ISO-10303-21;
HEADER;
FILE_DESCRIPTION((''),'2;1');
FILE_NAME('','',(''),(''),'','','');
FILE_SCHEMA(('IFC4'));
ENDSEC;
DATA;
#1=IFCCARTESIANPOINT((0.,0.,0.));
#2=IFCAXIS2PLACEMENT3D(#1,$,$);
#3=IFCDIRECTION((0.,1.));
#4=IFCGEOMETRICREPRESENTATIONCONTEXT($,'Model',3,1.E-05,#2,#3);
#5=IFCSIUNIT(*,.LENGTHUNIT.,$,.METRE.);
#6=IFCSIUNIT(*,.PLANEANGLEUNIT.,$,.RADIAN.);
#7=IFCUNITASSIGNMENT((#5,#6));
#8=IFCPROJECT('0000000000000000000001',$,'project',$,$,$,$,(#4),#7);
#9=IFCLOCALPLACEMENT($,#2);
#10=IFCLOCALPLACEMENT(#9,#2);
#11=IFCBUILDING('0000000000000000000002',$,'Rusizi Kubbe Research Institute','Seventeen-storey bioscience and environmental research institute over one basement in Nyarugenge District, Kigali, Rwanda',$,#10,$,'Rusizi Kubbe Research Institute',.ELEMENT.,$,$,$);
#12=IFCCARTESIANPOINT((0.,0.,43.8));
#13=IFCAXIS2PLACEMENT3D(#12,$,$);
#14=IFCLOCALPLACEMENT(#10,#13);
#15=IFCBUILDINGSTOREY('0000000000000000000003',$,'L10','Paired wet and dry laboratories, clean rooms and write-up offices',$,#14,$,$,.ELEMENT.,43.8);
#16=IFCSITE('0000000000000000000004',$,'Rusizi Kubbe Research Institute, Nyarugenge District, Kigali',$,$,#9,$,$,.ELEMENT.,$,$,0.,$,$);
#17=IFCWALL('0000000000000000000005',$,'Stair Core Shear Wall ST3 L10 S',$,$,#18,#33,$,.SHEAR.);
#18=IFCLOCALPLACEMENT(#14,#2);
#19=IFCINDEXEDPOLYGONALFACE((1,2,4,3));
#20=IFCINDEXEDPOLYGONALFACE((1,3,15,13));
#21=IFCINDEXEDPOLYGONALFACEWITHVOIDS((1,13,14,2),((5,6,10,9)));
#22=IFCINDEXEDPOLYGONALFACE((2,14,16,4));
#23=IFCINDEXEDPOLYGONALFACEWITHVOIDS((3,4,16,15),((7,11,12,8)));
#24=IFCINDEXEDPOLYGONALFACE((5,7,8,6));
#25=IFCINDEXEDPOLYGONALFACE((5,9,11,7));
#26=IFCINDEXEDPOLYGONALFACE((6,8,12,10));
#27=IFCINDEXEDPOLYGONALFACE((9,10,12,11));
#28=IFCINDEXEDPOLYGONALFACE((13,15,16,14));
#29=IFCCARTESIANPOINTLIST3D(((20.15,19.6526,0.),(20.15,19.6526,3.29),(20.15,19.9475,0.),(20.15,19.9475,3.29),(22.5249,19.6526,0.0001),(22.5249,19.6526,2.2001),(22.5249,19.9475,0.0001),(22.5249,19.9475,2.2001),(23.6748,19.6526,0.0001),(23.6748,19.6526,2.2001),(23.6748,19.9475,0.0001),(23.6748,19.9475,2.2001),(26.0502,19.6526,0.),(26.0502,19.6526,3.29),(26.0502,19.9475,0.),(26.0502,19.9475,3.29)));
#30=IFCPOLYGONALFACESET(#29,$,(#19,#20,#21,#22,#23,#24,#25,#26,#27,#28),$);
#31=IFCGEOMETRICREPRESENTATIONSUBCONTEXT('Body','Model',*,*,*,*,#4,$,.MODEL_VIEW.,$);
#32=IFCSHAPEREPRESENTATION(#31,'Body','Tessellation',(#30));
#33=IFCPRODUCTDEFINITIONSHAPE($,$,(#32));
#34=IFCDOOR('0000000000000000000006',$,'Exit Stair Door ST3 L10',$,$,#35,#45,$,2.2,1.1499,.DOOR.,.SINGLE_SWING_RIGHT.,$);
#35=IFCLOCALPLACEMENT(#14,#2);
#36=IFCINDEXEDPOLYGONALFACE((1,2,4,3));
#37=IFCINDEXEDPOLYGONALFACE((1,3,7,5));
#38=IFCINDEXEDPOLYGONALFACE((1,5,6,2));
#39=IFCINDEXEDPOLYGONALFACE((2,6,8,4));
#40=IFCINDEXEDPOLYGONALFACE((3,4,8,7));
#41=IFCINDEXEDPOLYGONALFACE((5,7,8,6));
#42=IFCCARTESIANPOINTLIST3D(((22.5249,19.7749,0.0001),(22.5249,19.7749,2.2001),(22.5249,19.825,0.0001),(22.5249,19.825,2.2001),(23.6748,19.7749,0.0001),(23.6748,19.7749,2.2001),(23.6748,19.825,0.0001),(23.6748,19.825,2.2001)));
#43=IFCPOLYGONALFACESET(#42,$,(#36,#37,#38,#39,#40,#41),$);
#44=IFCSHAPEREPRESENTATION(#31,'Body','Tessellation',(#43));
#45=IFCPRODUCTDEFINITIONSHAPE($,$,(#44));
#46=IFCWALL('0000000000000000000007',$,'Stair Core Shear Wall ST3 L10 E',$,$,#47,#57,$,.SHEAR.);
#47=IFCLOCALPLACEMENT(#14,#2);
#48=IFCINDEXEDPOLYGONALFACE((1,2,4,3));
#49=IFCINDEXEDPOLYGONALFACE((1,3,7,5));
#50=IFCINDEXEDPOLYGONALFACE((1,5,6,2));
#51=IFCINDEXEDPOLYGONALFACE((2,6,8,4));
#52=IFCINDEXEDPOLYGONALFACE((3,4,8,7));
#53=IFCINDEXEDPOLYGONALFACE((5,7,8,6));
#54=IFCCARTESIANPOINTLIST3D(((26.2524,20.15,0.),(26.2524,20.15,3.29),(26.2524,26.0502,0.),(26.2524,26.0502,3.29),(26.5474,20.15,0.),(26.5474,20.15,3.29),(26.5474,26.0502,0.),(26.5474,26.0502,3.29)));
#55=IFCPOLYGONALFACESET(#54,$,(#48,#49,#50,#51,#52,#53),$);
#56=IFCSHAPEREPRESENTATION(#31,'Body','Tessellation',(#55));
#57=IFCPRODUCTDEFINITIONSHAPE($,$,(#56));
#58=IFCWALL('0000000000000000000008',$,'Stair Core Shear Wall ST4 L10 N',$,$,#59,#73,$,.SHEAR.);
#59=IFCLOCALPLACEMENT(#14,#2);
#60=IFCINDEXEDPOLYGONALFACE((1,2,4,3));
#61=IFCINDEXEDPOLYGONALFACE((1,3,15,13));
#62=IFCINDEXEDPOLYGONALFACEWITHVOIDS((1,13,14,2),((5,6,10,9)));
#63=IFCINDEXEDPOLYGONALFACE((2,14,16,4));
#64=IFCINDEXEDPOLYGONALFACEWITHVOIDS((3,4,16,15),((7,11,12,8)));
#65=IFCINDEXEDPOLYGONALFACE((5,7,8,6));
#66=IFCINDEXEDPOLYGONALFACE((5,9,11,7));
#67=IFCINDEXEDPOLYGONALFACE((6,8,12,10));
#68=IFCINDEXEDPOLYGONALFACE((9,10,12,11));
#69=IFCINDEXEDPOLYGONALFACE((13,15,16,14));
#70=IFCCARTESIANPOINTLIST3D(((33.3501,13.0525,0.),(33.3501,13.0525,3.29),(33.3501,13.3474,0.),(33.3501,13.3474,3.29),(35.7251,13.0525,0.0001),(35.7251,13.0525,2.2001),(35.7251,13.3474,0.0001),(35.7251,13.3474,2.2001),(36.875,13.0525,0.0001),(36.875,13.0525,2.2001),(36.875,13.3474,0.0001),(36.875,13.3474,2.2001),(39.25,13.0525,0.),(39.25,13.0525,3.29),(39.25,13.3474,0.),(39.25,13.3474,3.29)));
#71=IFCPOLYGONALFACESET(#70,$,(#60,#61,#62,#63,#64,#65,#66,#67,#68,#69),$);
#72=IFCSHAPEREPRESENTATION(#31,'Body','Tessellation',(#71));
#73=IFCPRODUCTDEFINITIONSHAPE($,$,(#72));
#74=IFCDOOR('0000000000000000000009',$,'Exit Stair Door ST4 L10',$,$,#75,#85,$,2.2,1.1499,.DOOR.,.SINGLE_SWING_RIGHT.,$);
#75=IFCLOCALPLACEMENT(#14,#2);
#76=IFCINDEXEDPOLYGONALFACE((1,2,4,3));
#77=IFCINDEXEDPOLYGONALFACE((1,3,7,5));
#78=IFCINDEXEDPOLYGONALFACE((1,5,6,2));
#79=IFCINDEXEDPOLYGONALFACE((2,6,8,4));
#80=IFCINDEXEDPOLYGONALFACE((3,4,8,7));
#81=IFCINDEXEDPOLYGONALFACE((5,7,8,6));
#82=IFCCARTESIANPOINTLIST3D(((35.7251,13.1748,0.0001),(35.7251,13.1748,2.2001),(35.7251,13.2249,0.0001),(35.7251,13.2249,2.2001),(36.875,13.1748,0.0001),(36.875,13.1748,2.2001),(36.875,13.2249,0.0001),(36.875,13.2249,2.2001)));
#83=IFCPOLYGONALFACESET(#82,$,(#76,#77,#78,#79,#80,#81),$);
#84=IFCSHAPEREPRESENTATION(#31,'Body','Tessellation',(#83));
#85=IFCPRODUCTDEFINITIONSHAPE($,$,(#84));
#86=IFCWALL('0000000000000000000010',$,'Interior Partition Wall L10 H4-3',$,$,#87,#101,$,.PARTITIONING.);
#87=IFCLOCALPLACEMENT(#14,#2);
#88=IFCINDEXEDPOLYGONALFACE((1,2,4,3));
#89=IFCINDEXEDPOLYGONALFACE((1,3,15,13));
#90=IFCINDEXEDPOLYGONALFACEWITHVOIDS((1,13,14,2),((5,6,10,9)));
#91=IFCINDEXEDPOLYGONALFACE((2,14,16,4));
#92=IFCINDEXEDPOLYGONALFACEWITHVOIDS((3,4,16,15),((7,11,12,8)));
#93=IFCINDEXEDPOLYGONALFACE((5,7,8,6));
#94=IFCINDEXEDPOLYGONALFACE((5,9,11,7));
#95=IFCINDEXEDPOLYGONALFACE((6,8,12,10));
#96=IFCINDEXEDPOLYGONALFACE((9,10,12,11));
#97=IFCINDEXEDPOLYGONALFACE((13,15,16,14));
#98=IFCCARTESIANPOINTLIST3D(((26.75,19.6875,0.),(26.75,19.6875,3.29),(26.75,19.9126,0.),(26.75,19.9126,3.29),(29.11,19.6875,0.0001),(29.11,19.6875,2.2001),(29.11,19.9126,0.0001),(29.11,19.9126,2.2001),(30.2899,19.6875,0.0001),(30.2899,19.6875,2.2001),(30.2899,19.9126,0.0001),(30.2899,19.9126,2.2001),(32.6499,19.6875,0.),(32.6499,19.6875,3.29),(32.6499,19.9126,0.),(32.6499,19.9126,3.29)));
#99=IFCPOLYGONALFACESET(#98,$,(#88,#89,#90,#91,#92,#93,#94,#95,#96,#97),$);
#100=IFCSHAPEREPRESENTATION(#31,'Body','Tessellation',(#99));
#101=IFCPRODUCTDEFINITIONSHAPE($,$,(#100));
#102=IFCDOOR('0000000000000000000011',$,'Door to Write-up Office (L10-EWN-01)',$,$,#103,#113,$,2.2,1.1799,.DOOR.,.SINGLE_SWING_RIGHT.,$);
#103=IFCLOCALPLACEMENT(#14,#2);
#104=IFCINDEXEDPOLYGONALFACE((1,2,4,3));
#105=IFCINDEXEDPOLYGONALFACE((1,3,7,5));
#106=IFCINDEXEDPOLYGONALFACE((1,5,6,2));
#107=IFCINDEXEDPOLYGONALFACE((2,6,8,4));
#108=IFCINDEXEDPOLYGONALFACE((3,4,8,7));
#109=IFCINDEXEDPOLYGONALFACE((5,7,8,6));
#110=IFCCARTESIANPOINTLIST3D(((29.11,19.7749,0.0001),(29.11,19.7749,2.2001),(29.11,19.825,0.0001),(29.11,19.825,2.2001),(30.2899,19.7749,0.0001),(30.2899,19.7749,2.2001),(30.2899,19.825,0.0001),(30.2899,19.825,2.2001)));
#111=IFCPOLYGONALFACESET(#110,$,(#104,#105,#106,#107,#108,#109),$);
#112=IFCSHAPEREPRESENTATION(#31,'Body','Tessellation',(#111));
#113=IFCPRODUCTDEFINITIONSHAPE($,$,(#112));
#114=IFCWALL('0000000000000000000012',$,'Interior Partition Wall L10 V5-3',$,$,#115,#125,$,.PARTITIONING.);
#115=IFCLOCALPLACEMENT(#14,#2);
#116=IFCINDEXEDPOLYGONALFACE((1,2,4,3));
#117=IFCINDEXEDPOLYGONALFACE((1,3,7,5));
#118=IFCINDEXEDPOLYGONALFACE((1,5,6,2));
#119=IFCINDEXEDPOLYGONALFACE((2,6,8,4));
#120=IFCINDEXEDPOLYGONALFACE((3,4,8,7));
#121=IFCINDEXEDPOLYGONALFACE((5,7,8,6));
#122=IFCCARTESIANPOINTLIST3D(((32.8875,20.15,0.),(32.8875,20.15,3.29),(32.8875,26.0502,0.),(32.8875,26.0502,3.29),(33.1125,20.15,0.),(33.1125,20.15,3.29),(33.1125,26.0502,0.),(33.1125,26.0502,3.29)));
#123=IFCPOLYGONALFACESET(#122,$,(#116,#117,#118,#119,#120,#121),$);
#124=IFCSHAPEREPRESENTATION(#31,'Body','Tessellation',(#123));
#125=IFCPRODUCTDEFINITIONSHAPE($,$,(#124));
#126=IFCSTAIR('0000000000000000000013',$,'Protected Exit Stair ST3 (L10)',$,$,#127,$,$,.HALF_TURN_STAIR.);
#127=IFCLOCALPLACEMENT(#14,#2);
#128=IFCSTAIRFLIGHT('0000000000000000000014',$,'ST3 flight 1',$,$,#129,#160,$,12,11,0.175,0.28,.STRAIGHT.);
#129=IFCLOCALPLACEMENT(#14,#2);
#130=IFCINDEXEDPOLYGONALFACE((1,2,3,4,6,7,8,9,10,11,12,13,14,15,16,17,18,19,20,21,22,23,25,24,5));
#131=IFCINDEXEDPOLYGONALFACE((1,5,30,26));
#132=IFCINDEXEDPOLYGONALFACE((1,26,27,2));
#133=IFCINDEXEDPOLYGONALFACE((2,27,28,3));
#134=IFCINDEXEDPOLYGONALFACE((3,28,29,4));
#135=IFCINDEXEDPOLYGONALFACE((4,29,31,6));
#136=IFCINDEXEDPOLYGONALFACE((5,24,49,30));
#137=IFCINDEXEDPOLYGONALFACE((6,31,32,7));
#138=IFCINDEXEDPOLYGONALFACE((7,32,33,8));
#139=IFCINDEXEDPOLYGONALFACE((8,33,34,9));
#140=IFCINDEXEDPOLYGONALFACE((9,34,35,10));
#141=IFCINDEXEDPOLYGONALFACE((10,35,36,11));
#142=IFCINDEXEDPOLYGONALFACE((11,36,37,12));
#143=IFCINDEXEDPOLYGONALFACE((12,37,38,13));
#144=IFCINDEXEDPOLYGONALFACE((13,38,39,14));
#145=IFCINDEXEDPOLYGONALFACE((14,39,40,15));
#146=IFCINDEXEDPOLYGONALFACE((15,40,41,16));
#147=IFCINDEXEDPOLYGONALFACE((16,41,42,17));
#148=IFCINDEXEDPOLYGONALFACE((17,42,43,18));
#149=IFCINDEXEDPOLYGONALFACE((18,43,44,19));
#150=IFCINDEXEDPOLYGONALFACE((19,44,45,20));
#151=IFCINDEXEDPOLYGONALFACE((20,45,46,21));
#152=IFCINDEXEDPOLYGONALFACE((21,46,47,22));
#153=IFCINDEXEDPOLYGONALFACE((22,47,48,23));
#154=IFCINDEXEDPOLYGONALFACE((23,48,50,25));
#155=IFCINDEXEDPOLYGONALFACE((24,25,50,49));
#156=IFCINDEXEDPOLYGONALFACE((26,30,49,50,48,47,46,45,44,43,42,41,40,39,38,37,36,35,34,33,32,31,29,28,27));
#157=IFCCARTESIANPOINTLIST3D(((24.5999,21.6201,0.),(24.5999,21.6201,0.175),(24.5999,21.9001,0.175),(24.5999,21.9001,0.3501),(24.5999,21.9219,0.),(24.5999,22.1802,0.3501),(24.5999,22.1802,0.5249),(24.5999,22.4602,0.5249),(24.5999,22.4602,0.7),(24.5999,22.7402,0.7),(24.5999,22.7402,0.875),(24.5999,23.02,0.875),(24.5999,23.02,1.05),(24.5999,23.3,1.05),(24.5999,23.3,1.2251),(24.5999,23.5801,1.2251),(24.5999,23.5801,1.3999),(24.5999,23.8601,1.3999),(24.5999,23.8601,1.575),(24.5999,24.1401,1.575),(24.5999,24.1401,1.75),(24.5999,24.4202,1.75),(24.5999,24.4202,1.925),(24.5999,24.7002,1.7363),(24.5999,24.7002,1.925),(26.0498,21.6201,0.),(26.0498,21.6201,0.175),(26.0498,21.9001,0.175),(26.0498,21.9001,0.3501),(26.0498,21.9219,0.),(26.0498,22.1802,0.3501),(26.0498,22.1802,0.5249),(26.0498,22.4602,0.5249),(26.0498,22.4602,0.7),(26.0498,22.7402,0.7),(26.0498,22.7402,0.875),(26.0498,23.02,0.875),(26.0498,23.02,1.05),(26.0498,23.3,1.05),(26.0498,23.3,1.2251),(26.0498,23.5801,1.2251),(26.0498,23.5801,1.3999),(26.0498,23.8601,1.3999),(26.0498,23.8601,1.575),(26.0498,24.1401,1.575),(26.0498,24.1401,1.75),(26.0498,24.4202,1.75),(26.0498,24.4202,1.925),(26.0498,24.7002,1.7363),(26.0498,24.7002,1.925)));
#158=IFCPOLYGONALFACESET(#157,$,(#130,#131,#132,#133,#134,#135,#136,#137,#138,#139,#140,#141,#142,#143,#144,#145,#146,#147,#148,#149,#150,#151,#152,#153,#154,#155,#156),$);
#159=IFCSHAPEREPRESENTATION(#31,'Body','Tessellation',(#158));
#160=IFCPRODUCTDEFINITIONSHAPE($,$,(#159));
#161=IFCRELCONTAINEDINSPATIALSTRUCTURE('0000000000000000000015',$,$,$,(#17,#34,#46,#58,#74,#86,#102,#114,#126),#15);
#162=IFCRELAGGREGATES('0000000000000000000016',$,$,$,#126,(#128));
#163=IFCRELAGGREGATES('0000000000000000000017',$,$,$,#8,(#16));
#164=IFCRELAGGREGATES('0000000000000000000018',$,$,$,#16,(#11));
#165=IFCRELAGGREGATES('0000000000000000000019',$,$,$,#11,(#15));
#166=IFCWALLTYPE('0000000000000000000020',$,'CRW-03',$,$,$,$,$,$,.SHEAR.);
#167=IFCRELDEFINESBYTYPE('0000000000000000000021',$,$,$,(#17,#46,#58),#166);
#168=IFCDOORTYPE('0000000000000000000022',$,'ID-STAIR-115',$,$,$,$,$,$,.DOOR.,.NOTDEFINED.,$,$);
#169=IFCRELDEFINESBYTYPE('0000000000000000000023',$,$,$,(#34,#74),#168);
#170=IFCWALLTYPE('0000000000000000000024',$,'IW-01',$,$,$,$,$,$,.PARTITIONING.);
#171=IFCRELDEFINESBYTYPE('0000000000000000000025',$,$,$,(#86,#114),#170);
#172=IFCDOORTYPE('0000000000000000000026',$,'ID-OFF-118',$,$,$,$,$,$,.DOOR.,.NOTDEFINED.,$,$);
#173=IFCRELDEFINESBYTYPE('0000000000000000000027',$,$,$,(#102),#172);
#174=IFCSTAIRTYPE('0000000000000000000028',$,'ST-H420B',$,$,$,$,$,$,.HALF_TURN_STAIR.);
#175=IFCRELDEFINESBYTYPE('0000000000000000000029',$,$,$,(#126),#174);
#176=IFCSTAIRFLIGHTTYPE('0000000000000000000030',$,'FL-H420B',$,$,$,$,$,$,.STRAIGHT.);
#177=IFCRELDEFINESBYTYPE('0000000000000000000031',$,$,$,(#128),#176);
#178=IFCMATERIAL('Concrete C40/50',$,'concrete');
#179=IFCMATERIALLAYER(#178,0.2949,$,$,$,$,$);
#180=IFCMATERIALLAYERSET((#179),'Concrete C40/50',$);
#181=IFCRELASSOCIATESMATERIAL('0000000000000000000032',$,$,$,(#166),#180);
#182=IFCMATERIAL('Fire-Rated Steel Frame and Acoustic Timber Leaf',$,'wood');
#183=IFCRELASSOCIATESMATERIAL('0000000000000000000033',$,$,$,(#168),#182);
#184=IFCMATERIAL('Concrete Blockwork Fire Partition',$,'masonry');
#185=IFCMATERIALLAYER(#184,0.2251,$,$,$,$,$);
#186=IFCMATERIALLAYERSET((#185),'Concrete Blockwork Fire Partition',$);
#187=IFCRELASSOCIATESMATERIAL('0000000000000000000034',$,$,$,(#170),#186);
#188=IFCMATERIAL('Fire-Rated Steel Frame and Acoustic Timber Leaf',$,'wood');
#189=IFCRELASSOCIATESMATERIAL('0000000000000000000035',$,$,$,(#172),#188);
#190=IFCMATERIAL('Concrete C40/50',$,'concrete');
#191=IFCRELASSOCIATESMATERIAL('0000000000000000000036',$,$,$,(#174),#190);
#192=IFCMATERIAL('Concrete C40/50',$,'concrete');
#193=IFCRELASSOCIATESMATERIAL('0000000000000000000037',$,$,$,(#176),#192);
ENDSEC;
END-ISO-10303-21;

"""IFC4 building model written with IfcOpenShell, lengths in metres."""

from ifc_helpers import new_model, si_unit, direction, frame, frame_2d, origin, place, context, subcontext, project, spatial, polyline, rectangle, outline, extrude, material, layer, layer_set, type_object, element, fill, aggregate, save


model = new_model("IFC4")

# Units and contexts
model_context = context("Model", 3, precision=1e-05, world=origin(), true_north=direction((0.0, 1.0)))
body_context = subcontext(model_context, "Body", "Model", "MODEL_VIEW")
ifc_project = project(units=[si_unit("LENGTHUNIT", "METRE"), si_unit("PLANEANGLEUNIT", "RADIAN")], contexts=[model_context])

# Site, building, storey
site_placement = place(None, origin())
site = spatial("IfcSite", under=ifc_project, at=site_placement, Name="Rusizi Kubbe Research Institute, Nyarugenge District, Kigali", CompositionType="ELEMENT", RefElevation=0.0)
building_placement = place(site_placement, origin())
building = spatial("IfcBuilding", under=site, at=building_placement, Name="Rusizi Kubbe Research Institute", Description="Seventeen-storey bioscience and environmental research institute over one basement in Nyarugenge District, Kigali, Rwanda", LongName="Rusizi Kubbe Research Institute", CompositionType="ELEMENT")
storey_placement = place(building_placement, frame((0.0, 0.0, 43.8)))
storey = spatial("IfcBuildingStorey", under=building, at=storey_placement, Name="L10", Description="Paired wet and dry laboratories, clean rooms and write-up offices", CompositionType="ELEMENT", Elevation=43.8)

# Wall, opening, door
ifc_material_1 = material(Name="Concrete C40/50", Category="concrete")
ifc_layer_1 = layer(ifc_material_1, 0.2949)
ifc_layer_set_1 = layer_set([ifc_layer_1], Name="Concrete C40/50")
wall_type_1 = type_object("IfcWallType", Name="CRW-03", PredefinedType="SHEAR", material=ifc_layer_set_1)
wall_1_placement = place(storey_placement, frame((20.1499, 19.8, 0.0), z_axis=(0.0, 0.0, 1.0), x_axis=(1.0, 0.0, 0.0)))
wall_1 = element("IfcWall", 1, at=wall_1_placement, inside=storey, type_object=wall_type_1, Name="Stair Core Shear Wall ST3 L10 S", PredefinedType="SHEAR", context=body_context, shape_type="SweptSolid", body=[
    extrude(rectangle(XDim=5.9001, YDim=0.2949, at=frame_2d((2.9502, 0.0))), origin(), (0.0, 0.0, 1.0), 3.29),
])
opening_1_placement = place(wall_1_placement, frame((2.375, 0.0, 0.0)))
opening_1 = element("IfcOpeningElement", 2, at=opening_1_placement, cuts=wall_1, PredefinedType="OPENING", context=body_context, shape_type="SweptSolid", body=[
    extrude(rectangle(XDim=1.1499, YDim=2.2, at=frame_2d((0.575, 1.1001))), frame((0.0, 0.1575, 0.0), z_axis=(0.0, -1.0, 0.0), x_axis=(1.0, 0.0, 0.0)), (0.0, 0.0, 1.0), 0.3149),
])
ifc_material_2 = material(Name="Fire-Rated Steel Frame and Acoustic Timber Leaf", Category="wood")
door_type_1 = type_object("IfcDoorType", Name="ID-STAIR-115", OperationType="NOTDEFINED", PredefinedType="DOOR", material=ifc_material_2)
door_1_placement = place(opening_1_placement, origin())
door_1 = element("IfcDoor", 3, at=door_1_placement, inside=storey, type_object=door_type_1, Name="Exit Stair Door ST3 L10", OperationType="SINGLE_SWING_RIGHT", OverallHeight=2.2, OverallWidth=1.1499, PredefinedType="DOOR", context=body_context, shape_type="SweptSolid", body=[
    extrude(rectangle(XDim=1.1499, YDim=2.2, at=frame_2d((0.575, 1.1001))), frame((0.0, 0.0249, 0.0), z_axis=(0.0, -1.0, 0.0), x_axis=(1.0, 0.0, 0.0)), (0.0, 0.0, 1.0), 0.05),
])
fill(opening_1, door_1)

# Wall
wall_2_placement = place(storey_placement, frame((26.3999, 20.1499, 0.0), z_axis=(0.0, 0.0, 1.0), x_axis=(0.0, 1.0, 0.0)))
element("IfcWall", 4, at=wall_2_placement, inside=storey, type_object=wall_type_1, Name="Stair Core Shear Wall ST3 L10 E", PredefinedType="SHEAR", context=body_context, shape_type="SweptSolid", body=[
    extrude(rectangle(XDim=5.9001, YDim=0.2949, at=frame_2d((2.9502, 0.0))), origin(), (0.0, 0.0, 1.0), 3.29),
])

# Walls, openings, doors
wall_3_placement = place(storey_placement, frame((33.3501, 13.2, 0.0), z_axis=(0.0, 0.0, 1.0), x_axis=(1.0, 0.0, 0.0)))
wall_3 = element("IfcWall", 5, at=wall_3_placement, inside=storey, type_object=wall_type_1, Name="Stair Core Shear Wall ST4 L10 N", PredefinedType="SHEAR", context=body_context, shape_type="SweptSolid", body=[
    extrude(rectangle(XDim=5.8999, YDim=0.2949, at=frame_2d((2.95, 0.0))), origin(), (0.0, 0.0, 1.0), 3.29),
])
opening_2_placement = place(wall_3_placement, frame((2.375, 0.0, 0.0)))
opening_2 = element("IfcOpeningElement", 6, at=opening_2_placement, cuts=wall_3, PredefinedType="OPENING", context=body_context, shape_type="SweptSolid", body=[
    extrude(rectangle(XDim=1.1499, YDim=2.2, at=frame_2d((0.575, 1.1001))), frame((0.0, 0.1575, 0.0), z_axis=(0.0, -1.0, 0.0), x_axis=(1.0, 0.0, 0.0)), (0.0, 0.0, 1.0), 0.3149),
])
door_2_placement = place(opening_2_placement, origin())
door_2 = element("IfcDoor", 7, at=door_2_placement, inside=storey, type_object=door_type_1, Name="Exit Stair Door ST4 L10", OperationType="SINGLE_SWING_RIGHT", OverallHeight=2.2, OverallWidth=1.1499, PredefinedType="DOOR", context=body_context, shape_type="SweptSolid", body=[
    extrude(rectangle(XDim=1.1499, YDim=2.2, at=frame_2d((0.575, 1.1001))), frame((0.0, 0.0249, 0.0), z_axis=(0.0, -1.0, 0.0), x_axis=(1.0, 0.0, 0.0)), (0.0, 0.0, 1.0), 0.05),
])
fill(opening_2, door_2)
ifc_material_3 = material(Name="Concrete Blockwork Fire Partition", Category="masonry")
ifc_layer_2 = layer(ifc_material_3, 0.2251)
ifc_layer_set_2 = layer_set([ifc_layer_2], Name="Concrete Blockwork Fire Partition")
wall_type_2 = type_object("IfcWallType", Name="IW-01", PredefinedType="PARTITIONING", material=ifc_layer_set_2)
wall_4_placement = place(storey_placement, frame((26.75, 19.8, 0.0), z_axis=(0.0, 0.0, 1.0), x_axis=(1.0, 0.0, 0.0)))
wall_4 = element("IfcWall", 8, at=wall_4_placement, inside=storey, type_object=wall_type_2, Name="Interior Partition Wall L10 H4-3", PredefinedType="PARTITIONING", context=body_context, shape_type="SweptSolid", body=[
    extrude(rectangle(XDim=5.8999, YDim=0.2251, at=frame_2d((2.95, 0.0))), origin(), (0.0, 0.0, 1.0), 3.29),
])
opening_3_placement = place(wall_4_placement, frame((2.3601, 0.0, 0.0)))
opening_3 = element("IfcOpeningElement", 9, at=opening_3_placement, cuts=wall_4, PredefinedType="OPENING", context=body_context, shape_type="SweptSolid", body=[
    extrude(rectangle(XDim=1.1799, YDim=2.2, at=frame_2d((0.5898, 1.1001))), frame((0.0, 0.1226, 0.0), z_axis=(0.0, -1.0, 0.0), x_axis=(1.0, 0.0, 0.0)), (0.0, 0.0, 1.0), 0.2451),
])
ifc_material_4 = material(Name="Fire-Rated Steel Frame and Acoustic Timber Leaf", Category="wood")
door_type_2 = type_object("IfcDoorType", Name="ID-OFF-118", OperationType="NOTDEFINED", PredefinedType="DOOR", material=ifc_material_4)
door_3_placement = place(opening_3_placement, origin())
door_3 = element("IfcDoor", 10, at=door_3_placement, inside=storey, type_object=door_type_2, Name="Door to Write-up Office (L10-EWN-01)", OperationType="SINGLE_SWING_RIGHT", OverallHeight=2.2, OverallWidth=1.1799, PredefinedType="DOOR", context=body_context, shape_type="SweptSolid", body=[
    extrude(rectangle(XDim=1.1799, YDim=2.2, at=frame_2d((0.5898, 1.1001))), frame((0.0, 0.0249, 0.0), z_axis=(0.0, -1.0, 0.0), x_axis=(1.0, 0.0, 0.0)), (0.0, 0.0, 1.0), 0.05),
])
fill(opening_3, door_3)

# Wall
wall_5_placement = place(storey_placement, frame((33.0, 20.1499, 0.0), z_axis=(0.0, 0.0, 1.0), x_axis=(0.0, 1.0, 0.0)))
element("IfcWall", 11, at=wall_5_placement, inside=storey, type_object=wall_type_2, Name="Interior Partition Wall L10 V5-3", PredefinedType="PARTITIONING", context=body_context, shape_type="SweptSolid", body=[
    extrude(rectangle(XDim=5.9001, YDim=0.2251, at=frame_2d((2.9502, 0.0))), origin(), (0.0, 0.0, 1.0), 3.29),
])

# Stair, stair flight
ifc_material_5 = material(Name="Concrete C40/50", Category="concrete")
stair_type = type_object("IfcStairType", Name="ST-H420B", PredefinedType="HALF_TURN_STAIR", material=ifc_material_5)
stair_placement = place(storey_placement, origin())
stair = element("IfcStair", 12, at=stair_placement, inside=storey, type_object=stair_type, Name="Protected Exit Stair ST3 (L10)", PredefinedType="HALF_TURN_STAIR")
ifc_material_6 = material(Name="Concrete C40/50", Category="concrete")
stair_flight_type = type_object("IfcStairFlightType", Name="FL-H420B", PredefinedType="STRAIGHT", material=ifc_material_6)
stair_flight_1_placement = place(storey_placement, frame((25.325, 21.6201, 0.0), z_axis=(0.0, 0.0, 1.0), x_axis=(0.0, 1.0, 0.0)))
stair_flight_1 = element("IfcStairFlight", 13, at=stair_flight_1_placement, type_object=stair_flight_type, Name="ST3 flight 1", NumberOfRisers=12, NumberOfTreads=11, PredefinedType="STRAIGHT", RiserHeight=0.175, TreadLength=0.28, context=body_context, shape_type="SweptSolid", body=[
    extrude(outline(polyline([(0.0, 0.0), (0.0, 0.175), (0.28, 0.175), (0.28, 0.3501), (0.5601, 0.3501), (0.5601, 0.5249), (0.8401, 0.5249), (0.8401, 0.7), (1.1201, 0.7), (1.1201, 0.875), (1.3999, 0.875), (1.3999, 1.05), (1.6799, 1.05), (1.6799, 1.2251), (1.96, 1.2251), (1.96, 1.3999), (2.24, 1.3999), (2.24, 1.575), (2.52, 1.575), (2.52, 1.75), (2.8, 1.75), (2.8, 1.925), (3.0801, 1.925), (3.0801, 2.1001), (3.0801, 1.7363), (0.3018, 0.0), (0.0, 0.0)])), frame((0.0, 0.7251, 0.0), z_axis=(0.0, -1.0, 0.0), x_axis=(1.0, 0.0, 0.0)), (0.0, 0.0, 1.0), 1.45),
])
aggregate(stair, [stair_flight_1])

save(model, "model.ifc")
